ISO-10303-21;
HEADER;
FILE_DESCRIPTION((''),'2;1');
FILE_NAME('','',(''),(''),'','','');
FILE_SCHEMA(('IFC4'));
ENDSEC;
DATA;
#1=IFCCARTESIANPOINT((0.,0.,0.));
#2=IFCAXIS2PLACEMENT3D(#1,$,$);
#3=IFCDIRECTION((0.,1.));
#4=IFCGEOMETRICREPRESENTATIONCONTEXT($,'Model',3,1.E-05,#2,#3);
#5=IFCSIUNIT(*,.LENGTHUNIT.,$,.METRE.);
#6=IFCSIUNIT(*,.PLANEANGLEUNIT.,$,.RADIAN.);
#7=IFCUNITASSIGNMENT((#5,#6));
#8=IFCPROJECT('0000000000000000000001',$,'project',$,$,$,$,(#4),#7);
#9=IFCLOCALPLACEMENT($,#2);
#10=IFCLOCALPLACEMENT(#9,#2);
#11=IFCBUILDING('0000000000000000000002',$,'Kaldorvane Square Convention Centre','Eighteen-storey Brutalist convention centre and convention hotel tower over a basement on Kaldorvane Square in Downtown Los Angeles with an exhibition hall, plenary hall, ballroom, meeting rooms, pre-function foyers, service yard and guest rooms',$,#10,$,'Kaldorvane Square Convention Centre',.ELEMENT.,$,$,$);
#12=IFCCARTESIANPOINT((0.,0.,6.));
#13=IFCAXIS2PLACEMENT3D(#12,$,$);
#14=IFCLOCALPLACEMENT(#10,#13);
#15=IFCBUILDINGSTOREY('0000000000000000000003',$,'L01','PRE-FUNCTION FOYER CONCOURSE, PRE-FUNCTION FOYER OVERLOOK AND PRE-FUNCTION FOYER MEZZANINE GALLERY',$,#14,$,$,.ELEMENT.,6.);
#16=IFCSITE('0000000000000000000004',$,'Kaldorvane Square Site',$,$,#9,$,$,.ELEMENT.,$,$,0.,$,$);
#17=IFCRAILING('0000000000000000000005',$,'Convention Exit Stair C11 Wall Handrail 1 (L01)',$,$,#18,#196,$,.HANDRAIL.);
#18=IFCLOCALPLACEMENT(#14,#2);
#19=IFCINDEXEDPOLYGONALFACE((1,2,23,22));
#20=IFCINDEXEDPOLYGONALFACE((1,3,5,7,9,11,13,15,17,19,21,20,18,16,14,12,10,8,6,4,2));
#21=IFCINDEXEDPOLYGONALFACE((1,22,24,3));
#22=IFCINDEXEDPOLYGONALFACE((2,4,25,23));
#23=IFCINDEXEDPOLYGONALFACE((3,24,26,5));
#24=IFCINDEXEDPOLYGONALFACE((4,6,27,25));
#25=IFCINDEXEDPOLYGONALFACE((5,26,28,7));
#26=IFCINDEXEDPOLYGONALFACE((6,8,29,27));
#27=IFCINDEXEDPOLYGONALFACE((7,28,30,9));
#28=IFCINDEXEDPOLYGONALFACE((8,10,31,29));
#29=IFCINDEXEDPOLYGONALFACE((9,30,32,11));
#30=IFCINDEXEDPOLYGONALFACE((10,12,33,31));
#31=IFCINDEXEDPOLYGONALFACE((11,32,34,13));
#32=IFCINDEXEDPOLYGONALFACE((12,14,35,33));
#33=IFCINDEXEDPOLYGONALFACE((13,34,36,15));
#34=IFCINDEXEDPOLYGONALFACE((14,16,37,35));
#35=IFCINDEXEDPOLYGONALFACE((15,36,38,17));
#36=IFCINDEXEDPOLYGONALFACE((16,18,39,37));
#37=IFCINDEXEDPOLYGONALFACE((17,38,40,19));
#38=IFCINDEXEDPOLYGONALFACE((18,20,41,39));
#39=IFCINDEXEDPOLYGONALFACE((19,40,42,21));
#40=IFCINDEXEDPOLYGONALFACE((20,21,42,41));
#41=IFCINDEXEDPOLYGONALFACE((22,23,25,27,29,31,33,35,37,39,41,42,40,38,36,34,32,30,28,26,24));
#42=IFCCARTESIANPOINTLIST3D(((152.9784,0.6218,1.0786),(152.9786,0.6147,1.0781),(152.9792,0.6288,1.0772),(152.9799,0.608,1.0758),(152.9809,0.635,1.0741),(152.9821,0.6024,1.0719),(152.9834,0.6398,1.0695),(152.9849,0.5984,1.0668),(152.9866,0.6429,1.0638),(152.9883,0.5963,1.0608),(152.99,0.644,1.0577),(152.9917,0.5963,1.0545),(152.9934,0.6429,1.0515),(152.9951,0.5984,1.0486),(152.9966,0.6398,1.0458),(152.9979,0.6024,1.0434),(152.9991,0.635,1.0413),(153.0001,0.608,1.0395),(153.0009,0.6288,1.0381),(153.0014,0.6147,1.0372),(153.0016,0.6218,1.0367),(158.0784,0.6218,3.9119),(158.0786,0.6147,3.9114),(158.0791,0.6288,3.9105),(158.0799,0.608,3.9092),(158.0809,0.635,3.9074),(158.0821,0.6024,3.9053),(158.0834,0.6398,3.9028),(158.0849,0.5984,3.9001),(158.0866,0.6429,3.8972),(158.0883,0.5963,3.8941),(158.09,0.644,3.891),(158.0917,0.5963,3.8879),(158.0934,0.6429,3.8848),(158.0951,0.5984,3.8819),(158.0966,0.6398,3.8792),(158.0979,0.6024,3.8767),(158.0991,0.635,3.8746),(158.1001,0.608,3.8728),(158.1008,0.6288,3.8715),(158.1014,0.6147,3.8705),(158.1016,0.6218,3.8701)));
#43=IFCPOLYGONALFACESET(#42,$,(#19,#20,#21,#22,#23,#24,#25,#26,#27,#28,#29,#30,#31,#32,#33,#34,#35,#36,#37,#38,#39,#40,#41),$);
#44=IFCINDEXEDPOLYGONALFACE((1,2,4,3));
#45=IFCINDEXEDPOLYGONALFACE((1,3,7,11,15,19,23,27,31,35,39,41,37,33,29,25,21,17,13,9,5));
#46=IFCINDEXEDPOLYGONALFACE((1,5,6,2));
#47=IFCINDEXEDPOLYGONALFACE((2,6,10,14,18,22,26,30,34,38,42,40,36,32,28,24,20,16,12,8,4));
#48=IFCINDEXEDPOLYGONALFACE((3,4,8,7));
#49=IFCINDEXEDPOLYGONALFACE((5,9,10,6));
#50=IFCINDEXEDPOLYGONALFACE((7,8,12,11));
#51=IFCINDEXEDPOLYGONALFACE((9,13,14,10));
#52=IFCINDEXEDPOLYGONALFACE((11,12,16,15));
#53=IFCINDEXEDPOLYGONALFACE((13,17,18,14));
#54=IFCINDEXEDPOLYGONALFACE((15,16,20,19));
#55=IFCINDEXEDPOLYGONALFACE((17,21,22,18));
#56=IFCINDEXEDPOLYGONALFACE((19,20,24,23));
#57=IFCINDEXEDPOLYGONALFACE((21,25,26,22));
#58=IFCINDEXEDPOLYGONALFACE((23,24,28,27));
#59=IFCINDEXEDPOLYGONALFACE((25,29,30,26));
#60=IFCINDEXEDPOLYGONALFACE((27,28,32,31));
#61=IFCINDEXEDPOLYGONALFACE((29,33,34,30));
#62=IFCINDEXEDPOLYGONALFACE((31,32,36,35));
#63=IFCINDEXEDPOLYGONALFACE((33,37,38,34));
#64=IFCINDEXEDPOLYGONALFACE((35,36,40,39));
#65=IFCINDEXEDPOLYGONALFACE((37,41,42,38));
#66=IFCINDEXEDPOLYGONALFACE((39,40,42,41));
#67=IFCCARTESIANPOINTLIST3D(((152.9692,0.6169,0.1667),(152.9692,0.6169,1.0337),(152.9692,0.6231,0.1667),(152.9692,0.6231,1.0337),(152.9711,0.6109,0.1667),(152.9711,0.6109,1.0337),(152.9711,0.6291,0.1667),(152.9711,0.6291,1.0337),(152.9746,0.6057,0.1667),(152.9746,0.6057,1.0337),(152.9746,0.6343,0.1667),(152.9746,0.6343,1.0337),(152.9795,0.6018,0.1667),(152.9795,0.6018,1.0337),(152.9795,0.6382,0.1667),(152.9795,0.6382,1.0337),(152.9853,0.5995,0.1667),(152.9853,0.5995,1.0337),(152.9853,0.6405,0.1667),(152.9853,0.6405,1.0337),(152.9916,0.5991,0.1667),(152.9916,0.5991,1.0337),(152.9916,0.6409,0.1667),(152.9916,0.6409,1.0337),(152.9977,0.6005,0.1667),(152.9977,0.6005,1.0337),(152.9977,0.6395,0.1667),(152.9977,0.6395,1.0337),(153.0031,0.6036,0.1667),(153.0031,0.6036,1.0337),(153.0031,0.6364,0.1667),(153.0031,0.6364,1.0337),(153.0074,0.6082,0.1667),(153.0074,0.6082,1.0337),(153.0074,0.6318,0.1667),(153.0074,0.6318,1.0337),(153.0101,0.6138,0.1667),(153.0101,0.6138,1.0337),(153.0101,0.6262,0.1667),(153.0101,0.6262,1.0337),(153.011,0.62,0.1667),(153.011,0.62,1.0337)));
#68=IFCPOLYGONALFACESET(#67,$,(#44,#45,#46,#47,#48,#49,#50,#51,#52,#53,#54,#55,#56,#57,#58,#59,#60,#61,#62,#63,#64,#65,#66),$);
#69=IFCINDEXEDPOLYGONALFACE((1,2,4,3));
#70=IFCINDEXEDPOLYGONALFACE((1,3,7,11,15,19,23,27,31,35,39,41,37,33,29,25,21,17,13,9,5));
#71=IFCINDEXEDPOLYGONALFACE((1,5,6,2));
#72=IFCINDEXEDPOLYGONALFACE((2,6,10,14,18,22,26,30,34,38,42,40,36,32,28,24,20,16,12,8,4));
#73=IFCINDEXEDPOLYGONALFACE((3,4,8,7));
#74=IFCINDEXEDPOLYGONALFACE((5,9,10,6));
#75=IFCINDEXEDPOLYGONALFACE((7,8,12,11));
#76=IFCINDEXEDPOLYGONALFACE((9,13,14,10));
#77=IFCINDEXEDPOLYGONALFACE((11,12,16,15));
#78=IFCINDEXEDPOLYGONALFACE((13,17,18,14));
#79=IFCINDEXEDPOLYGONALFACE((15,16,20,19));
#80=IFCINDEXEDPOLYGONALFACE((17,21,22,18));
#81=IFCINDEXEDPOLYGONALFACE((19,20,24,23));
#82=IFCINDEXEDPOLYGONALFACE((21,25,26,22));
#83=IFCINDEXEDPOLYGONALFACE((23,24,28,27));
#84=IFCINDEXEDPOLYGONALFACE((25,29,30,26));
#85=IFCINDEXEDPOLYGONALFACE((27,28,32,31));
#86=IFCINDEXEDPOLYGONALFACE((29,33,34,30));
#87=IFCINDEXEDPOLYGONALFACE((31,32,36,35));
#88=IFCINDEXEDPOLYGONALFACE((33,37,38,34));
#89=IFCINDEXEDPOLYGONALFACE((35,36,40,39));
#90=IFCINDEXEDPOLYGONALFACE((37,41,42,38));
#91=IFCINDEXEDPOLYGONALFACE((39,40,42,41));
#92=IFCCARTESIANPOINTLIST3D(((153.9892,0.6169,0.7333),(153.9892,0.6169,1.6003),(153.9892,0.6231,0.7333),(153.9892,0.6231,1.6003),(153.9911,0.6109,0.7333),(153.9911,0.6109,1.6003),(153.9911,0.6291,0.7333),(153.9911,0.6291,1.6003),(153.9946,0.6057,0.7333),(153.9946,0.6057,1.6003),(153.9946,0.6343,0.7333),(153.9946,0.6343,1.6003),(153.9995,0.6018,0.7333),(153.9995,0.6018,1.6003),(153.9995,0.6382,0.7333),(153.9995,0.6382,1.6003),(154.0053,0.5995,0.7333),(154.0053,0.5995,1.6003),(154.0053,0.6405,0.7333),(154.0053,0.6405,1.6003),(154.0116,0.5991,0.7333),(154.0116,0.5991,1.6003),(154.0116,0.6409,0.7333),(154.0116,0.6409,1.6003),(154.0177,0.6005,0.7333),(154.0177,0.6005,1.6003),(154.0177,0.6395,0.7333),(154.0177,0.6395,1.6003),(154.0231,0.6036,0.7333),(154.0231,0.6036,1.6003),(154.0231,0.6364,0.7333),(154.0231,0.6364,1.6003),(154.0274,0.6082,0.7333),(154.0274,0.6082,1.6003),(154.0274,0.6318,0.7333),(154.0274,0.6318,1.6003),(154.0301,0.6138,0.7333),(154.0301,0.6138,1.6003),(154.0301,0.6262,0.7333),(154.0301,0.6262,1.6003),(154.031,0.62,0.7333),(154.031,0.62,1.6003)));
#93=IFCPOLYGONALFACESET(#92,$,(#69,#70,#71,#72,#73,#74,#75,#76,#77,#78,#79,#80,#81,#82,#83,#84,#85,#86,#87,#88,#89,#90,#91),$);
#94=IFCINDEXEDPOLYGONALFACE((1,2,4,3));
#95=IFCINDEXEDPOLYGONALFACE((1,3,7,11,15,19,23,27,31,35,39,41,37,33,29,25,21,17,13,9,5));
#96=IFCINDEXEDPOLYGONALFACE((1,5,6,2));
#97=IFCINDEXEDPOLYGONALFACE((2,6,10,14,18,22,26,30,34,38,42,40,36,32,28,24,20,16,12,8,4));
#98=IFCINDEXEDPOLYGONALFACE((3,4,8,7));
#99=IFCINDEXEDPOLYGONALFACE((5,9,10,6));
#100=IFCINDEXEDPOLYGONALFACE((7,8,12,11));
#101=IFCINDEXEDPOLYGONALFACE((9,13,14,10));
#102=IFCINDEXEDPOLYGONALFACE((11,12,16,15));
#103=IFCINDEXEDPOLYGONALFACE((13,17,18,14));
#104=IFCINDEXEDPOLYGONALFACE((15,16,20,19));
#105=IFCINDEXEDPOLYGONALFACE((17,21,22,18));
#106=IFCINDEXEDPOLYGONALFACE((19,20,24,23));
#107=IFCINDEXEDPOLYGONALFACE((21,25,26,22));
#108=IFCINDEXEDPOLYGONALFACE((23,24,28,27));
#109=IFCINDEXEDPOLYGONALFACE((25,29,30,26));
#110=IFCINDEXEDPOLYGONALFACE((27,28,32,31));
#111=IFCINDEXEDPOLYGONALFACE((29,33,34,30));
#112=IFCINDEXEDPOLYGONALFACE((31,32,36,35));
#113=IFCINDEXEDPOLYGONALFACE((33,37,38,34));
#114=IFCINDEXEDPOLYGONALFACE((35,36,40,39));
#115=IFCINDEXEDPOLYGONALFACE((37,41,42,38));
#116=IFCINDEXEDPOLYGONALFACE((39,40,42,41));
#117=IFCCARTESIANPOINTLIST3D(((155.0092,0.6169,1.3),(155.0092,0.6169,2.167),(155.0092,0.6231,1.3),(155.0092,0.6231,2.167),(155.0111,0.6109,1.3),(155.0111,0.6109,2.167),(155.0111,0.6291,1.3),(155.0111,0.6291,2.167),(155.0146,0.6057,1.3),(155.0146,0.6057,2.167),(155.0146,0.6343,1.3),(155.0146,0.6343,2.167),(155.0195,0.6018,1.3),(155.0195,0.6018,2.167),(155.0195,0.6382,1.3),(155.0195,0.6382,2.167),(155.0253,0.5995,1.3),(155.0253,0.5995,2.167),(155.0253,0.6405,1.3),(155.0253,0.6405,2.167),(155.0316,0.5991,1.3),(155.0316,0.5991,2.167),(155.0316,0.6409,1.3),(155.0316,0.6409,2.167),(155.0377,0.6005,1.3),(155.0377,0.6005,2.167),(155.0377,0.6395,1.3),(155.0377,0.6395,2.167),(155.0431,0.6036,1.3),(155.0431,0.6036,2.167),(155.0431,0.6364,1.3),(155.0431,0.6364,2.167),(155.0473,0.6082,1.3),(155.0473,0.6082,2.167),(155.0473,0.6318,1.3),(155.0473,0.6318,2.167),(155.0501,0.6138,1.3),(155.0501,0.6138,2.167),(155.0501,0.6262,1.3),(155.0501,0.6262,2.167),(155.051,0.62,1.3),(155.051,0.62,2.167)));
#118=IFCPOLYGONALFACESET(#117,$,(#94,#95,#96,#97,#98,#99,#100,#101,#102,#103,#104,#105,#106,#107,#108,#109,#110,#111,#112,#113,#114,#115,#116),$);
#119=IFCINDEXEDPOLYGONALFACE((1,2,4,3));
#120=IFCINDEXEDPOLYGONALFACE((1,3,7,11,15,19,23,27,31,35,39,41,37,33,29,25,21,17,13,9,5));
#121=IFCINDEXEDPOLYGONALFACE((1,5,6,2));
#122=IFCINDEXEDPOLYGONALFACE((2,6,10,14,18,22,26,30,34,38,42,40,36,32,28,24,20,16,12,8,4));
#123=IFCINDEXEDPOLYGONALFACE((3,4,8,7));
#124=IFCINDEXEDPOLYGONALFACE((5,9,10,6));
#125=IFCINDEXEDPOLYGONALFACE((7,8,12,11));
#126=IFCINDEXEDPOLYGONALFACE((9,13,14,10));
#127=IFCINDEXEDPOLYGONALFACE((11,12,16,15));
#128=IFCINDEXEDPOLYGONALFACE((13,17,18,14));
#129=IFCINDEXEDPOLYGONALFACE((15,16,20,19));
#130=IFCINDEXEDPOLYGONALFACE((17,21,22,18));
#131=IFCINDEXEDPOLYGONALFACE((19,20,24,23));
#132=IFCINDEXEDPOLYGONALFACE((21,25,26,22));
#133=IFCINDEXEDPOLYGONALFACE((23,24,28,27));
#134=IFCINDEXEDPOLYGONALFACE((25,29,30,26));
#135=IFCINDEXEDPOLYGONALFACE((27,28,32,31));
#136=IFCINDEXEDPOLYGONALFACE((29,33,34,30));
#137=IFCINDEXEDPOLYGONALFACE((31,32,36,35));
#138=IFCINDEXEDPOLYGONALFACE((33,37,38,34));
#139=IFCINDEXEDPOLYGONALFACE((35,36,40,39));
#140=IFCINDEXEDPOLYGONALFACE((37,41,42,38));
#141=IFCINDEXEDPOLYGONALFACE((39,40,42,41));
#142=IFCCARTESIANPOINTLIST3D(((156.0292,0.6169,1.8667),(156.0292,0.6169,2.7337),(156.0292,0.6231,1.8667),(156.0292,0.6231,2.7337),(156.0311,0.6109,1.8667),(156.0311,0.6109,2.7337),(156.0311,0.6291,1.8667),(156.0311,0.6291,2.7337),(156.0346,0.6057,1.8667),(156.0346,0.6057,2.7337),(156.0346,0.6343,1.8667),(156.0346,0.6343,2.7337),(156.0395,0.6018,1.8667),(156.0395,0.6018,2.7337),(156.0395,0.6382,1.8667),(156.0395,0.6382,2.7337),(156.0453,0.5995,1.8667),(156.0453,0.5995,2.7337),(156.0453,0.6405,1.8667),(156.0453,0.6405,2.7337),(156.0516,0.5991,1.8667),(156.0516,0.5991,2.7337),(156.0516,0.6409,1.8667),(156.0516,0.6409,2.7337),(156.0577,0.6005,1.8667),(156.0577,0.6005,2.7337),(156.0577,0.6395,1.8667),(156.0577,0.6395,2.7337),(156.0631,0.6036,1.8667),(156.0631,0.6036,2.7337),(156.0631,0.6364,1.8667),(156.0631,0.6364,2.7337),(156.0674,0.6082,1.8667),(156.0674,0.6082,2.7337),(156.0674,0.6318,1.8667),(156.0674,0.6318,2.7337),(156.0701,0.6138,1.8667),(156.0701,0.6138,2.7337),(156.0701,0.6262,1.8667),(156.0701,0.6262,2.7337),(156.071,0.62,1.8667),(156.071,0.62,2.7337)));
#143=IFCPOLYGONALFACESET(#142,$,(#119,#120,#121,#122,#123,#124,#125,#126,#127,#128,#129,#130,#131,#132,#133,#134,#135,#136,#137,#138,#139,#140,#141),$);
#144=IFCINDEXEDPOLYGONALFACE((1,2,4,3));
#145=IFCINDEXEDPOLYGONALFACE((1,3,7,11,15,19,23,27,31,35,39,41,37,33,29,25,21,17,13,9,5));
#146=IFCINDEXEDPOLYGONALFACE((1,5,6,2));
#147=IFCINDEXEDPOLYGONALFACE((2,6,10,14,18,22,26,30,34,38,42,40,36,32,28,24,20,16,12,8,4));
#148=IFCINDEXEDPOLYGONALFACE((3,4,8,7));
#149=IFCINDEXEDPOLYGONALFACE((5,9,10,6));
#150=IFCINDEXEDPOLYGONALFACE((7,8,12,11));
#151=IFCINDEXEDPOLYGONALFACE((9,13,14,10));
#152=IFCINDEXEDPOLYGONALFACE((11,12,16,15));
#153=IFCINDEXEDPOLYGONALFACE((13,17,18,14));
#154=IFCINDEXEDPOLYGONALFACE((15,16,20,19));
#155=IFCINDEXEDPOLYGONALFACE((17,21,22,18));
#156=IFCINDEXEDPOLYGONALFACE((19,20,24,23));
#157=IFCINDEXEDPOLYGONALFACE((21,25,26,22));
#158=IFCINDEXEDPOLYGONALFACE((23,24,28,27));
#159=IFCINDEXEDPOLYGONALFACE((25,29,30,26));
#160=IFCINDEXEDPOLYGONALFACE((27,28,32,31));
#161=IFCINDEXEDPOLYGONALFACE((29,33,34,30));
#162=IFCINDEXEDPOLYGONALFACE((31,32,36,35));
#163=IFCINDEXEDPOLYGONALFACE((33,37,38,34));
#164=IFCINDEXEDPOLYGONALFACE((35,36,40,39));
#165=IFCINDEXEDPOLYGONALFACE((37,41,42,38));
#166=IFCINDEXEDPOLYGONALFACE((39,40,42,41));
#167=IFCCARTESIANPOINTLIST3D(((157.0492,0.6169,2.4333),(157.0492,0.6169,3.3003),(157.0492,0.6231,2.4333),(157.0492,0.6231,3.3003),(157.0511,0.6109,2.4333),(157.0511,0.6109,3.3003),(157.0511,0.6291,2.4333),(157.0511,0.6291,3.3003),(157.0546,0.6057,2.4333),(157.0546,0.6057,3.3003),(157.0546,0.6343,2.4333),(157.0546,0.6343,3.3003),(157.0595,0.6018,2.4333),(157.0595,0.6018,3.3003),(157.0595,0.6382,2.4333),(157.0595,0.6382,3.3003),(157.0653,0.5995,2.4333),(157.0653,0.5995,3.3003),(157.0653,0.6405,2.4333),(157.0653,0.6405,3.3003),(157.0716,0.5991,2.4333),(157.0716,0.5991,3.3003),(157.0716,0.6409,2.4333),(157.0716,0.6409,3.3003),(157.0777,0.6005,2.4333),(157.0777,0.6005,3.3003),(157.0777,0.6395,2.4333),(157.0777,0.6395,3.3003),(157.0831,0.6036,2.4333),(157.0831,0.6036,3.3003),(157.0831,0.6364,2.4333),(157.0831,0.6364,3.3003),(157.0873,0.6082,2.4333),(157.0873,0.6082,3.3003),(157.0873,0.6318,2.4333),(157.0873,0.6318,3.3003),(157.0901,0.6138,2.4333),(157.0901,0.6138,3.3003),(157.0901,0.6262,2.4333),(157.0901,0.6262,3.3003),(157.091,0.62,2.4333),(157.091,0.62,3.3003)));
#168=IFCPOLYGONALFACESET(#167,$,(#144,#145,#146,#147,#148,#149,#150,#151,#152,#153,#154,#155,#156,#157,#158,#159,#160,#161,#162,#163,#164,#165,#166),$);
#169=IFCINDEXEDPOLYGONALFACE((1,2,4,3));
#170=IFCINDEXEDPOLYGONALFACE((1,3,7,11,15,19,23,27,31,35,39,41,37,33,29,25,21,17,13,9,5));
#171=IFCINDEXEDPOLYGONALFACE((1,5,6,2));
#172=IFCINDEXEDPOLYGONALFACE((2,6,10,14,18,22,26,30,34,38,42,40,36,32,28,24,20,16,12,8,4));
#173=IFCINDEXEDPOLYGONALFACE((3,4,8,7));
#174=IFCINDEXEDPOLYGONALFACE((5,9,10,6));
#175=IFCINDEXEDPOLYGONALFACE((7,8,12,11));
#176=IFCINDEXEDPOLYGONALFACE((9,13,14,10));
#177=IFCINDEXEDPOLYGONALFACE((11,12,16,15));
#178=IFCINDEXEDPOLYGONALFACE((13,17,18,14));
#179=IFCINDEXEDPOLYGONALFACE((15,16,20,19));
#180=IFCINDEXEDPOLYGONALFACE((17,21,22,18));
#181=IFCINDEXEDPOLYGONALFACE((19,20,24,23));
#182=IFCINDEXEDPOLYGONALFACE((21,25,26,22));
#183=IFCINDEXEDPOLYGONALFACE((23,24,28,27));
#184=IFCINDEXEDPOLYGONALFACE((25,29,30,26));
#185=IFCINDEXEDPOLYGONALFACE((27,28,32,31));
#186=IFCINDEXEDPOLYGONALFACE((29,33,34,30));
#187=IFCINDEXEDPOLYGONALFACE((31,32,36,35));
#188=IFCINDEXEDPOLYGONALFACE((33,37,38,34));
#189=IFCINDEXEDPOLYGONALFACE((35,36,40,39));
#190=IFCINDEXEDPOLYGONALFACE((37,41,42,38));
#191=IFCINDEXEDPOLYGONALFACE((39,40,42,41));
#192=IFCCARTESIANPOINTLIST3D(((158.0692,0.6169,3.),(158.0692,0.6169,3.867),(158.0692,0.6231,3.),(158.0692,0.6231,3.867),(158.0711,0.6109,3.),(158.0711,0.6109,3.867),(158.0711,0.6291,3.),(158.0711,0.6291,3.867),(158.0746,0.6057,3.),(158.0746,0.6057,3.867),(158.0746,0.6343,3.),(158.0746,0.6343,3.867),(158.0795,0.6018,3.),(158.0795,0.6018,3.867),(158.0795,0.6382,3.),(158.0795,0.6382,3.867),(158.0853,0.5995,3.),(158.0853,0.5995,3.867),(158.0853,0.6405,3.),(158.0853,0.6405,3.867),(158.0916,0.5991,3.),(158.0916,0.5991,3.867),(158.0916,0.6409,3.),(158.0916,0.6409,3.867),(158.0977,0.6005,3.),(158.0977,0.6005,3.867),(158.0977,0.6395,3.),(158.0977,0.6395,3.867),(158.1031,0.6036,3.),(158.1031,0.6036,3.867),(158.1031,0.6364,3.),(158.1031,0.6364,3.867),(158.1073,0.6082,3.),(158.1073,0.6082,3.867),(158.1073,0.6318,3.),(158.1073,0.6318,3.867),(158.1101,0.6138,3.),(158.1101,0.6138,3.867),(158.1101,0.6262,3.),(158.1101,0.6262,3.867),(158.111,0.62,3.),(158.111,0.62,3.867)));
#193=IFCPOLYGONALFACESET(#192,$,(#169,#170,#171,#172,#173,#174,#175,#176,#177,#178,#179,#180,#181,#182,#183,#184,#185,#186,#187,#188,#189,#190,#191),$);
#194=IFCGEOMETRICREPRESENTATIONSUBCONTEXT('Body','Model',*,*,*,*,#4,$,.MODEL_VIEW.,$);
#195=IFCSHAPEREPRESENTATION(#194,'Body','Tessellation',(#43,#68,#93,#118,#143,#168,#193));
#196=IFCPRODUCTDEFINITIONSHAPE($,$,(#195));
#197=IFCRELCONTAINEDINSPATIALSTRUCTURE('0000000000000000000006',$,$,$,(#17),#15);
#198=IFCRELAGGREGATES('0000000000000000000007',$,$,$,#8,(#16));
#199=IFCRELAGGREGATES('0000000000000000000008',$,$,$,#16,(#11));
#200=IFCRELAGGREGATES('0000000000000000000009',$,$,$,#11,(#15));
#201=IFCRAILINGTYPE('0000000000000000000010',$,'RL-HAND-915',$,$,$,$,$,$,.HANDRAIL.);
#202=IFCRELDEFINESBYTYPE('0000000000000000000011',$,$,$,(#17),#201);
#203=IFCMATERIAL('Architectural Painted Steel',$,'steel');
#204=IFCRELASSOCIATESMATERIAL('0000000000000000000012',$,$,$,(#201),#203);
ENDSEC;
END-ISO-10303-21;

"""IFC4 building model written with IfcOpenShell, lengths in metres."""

from ifc_helpers import new_model, si_unit, direction, frame, origin, origin_2d, place, context, subcontext, project, spatial, circle, extrude, material, type_object, element, save


model = new_model("IFC4")

# Units and contexts
model_context = context("Model", 3, precision=1e-05, world=origin(), true_north=direction((0.0, 1.0)))
body_context = subcontext(model_context, "Body", "Model", "MODEL_VIEW")
ifc_project = project(units=[si_unit("LENGTHUNIT", "METRE"), si_unit("PLANEANGLEUNIT", "RADIAN")], contexts=[model_context])

# Site, building, storey
site_placement = place(None, origin())
site = spatial("IfcSite", under=ifc_project, at=site_placement, Name="Kaldorvane Square Site", CompositionType="ELEMENT", RefElevation=0.0)
building_placement = place(site_placement, origin())
building = spatial("IfcBuilding", under=site, at=building_placement, Name="Kaldorvane Square Convention Centre", Description="Eighteen-storey Brutalist convention centre and convention hotel tower over a basement on Kaldorvane Square in Downtown Los Angeles with an exhibition hall, plenary hall, ballroom, meeting rooms, pre-function foyers, service yard and guest rooms", LongName="Kaldorvane Square Convention Centre", CompositionType="ELEMENT")
storey_placement = place(building_placement, frame((0.0, 0.0, 6.0)))
storey = spatial("IfcBuildingStorey", under=building, at=storey_placement, Name="L01", Description="PRE-FUNCTION FOYER CONCOURSE, PRE-FUNCTION FOYER OVERLOOK AND PRE-FUNCTION FOYER MEZZANINE GALLERY", CompositionType="ELEMENT", Elevation=6.0)

# Railing
ifc_material_1 = material(Name="Architectural Painted Steel", Category="steel")
railing_type_1 = type_object("IfcRailingType", Name="RL-HAND-915", PredefinedType="HANDRAIL", material=ifc_material_1)
railing_1_placement = place(storey_placement, frame((152.99, 0.62, 0.1667)))
element("IfcRailing", 1, at=railing_1_placement, inside=storey, type_object=railing_type_1, Name="Convention Exit Stair C11 Wall Handrail 1 (L01)", PredefinedType="HANDRAIL", context=body_context, shape_type="SweptSolid", body=[
    extrude(circle(Radius=0.024, at=origin_2d()), frame((0.0, 0.0, 0.891), z_axis=(0.874157, 0.0, 0.485643), x_axis=(0.0, 1.0, 0.0)), (0.0, 0.0, 1.0), 5.8342),
    extrude(circle(Radius=0.021, at=origin_2d()), origin(), (0.0, 0.0, 1.0), 0.867),
    extrude(circle(Radius=0.021, at=origin_2d()), frame((1.02, 0.0, 0.5667)), (0.0, 0.0, 1.0), 0.867),
    extrude(circle(Radius=0.021, at=origin_2d()), frame((2.04, 0.0, 1.1333)), (0.0, 0.0, 1.0), 0.867),
    extrude(circle(Radius=0.021, at=origin_2d()), frame((3.06, 0.0, 1.7)), (0.0, 0.0, 1.0), 0.867),
    extrude(circle(Radius=0.021, at=origin_2d()), frame((4.08, 0.0, 2.2667)), (0.0, 0.0, 1.0), 0.867),
    extrude(circle(Radius=0.021, at=origin_2d()), frame((5.1, 0.0, 2.8333)), (0.0, 0.0, 1.0), 0.867),
])

save(model, "model.ifc")
